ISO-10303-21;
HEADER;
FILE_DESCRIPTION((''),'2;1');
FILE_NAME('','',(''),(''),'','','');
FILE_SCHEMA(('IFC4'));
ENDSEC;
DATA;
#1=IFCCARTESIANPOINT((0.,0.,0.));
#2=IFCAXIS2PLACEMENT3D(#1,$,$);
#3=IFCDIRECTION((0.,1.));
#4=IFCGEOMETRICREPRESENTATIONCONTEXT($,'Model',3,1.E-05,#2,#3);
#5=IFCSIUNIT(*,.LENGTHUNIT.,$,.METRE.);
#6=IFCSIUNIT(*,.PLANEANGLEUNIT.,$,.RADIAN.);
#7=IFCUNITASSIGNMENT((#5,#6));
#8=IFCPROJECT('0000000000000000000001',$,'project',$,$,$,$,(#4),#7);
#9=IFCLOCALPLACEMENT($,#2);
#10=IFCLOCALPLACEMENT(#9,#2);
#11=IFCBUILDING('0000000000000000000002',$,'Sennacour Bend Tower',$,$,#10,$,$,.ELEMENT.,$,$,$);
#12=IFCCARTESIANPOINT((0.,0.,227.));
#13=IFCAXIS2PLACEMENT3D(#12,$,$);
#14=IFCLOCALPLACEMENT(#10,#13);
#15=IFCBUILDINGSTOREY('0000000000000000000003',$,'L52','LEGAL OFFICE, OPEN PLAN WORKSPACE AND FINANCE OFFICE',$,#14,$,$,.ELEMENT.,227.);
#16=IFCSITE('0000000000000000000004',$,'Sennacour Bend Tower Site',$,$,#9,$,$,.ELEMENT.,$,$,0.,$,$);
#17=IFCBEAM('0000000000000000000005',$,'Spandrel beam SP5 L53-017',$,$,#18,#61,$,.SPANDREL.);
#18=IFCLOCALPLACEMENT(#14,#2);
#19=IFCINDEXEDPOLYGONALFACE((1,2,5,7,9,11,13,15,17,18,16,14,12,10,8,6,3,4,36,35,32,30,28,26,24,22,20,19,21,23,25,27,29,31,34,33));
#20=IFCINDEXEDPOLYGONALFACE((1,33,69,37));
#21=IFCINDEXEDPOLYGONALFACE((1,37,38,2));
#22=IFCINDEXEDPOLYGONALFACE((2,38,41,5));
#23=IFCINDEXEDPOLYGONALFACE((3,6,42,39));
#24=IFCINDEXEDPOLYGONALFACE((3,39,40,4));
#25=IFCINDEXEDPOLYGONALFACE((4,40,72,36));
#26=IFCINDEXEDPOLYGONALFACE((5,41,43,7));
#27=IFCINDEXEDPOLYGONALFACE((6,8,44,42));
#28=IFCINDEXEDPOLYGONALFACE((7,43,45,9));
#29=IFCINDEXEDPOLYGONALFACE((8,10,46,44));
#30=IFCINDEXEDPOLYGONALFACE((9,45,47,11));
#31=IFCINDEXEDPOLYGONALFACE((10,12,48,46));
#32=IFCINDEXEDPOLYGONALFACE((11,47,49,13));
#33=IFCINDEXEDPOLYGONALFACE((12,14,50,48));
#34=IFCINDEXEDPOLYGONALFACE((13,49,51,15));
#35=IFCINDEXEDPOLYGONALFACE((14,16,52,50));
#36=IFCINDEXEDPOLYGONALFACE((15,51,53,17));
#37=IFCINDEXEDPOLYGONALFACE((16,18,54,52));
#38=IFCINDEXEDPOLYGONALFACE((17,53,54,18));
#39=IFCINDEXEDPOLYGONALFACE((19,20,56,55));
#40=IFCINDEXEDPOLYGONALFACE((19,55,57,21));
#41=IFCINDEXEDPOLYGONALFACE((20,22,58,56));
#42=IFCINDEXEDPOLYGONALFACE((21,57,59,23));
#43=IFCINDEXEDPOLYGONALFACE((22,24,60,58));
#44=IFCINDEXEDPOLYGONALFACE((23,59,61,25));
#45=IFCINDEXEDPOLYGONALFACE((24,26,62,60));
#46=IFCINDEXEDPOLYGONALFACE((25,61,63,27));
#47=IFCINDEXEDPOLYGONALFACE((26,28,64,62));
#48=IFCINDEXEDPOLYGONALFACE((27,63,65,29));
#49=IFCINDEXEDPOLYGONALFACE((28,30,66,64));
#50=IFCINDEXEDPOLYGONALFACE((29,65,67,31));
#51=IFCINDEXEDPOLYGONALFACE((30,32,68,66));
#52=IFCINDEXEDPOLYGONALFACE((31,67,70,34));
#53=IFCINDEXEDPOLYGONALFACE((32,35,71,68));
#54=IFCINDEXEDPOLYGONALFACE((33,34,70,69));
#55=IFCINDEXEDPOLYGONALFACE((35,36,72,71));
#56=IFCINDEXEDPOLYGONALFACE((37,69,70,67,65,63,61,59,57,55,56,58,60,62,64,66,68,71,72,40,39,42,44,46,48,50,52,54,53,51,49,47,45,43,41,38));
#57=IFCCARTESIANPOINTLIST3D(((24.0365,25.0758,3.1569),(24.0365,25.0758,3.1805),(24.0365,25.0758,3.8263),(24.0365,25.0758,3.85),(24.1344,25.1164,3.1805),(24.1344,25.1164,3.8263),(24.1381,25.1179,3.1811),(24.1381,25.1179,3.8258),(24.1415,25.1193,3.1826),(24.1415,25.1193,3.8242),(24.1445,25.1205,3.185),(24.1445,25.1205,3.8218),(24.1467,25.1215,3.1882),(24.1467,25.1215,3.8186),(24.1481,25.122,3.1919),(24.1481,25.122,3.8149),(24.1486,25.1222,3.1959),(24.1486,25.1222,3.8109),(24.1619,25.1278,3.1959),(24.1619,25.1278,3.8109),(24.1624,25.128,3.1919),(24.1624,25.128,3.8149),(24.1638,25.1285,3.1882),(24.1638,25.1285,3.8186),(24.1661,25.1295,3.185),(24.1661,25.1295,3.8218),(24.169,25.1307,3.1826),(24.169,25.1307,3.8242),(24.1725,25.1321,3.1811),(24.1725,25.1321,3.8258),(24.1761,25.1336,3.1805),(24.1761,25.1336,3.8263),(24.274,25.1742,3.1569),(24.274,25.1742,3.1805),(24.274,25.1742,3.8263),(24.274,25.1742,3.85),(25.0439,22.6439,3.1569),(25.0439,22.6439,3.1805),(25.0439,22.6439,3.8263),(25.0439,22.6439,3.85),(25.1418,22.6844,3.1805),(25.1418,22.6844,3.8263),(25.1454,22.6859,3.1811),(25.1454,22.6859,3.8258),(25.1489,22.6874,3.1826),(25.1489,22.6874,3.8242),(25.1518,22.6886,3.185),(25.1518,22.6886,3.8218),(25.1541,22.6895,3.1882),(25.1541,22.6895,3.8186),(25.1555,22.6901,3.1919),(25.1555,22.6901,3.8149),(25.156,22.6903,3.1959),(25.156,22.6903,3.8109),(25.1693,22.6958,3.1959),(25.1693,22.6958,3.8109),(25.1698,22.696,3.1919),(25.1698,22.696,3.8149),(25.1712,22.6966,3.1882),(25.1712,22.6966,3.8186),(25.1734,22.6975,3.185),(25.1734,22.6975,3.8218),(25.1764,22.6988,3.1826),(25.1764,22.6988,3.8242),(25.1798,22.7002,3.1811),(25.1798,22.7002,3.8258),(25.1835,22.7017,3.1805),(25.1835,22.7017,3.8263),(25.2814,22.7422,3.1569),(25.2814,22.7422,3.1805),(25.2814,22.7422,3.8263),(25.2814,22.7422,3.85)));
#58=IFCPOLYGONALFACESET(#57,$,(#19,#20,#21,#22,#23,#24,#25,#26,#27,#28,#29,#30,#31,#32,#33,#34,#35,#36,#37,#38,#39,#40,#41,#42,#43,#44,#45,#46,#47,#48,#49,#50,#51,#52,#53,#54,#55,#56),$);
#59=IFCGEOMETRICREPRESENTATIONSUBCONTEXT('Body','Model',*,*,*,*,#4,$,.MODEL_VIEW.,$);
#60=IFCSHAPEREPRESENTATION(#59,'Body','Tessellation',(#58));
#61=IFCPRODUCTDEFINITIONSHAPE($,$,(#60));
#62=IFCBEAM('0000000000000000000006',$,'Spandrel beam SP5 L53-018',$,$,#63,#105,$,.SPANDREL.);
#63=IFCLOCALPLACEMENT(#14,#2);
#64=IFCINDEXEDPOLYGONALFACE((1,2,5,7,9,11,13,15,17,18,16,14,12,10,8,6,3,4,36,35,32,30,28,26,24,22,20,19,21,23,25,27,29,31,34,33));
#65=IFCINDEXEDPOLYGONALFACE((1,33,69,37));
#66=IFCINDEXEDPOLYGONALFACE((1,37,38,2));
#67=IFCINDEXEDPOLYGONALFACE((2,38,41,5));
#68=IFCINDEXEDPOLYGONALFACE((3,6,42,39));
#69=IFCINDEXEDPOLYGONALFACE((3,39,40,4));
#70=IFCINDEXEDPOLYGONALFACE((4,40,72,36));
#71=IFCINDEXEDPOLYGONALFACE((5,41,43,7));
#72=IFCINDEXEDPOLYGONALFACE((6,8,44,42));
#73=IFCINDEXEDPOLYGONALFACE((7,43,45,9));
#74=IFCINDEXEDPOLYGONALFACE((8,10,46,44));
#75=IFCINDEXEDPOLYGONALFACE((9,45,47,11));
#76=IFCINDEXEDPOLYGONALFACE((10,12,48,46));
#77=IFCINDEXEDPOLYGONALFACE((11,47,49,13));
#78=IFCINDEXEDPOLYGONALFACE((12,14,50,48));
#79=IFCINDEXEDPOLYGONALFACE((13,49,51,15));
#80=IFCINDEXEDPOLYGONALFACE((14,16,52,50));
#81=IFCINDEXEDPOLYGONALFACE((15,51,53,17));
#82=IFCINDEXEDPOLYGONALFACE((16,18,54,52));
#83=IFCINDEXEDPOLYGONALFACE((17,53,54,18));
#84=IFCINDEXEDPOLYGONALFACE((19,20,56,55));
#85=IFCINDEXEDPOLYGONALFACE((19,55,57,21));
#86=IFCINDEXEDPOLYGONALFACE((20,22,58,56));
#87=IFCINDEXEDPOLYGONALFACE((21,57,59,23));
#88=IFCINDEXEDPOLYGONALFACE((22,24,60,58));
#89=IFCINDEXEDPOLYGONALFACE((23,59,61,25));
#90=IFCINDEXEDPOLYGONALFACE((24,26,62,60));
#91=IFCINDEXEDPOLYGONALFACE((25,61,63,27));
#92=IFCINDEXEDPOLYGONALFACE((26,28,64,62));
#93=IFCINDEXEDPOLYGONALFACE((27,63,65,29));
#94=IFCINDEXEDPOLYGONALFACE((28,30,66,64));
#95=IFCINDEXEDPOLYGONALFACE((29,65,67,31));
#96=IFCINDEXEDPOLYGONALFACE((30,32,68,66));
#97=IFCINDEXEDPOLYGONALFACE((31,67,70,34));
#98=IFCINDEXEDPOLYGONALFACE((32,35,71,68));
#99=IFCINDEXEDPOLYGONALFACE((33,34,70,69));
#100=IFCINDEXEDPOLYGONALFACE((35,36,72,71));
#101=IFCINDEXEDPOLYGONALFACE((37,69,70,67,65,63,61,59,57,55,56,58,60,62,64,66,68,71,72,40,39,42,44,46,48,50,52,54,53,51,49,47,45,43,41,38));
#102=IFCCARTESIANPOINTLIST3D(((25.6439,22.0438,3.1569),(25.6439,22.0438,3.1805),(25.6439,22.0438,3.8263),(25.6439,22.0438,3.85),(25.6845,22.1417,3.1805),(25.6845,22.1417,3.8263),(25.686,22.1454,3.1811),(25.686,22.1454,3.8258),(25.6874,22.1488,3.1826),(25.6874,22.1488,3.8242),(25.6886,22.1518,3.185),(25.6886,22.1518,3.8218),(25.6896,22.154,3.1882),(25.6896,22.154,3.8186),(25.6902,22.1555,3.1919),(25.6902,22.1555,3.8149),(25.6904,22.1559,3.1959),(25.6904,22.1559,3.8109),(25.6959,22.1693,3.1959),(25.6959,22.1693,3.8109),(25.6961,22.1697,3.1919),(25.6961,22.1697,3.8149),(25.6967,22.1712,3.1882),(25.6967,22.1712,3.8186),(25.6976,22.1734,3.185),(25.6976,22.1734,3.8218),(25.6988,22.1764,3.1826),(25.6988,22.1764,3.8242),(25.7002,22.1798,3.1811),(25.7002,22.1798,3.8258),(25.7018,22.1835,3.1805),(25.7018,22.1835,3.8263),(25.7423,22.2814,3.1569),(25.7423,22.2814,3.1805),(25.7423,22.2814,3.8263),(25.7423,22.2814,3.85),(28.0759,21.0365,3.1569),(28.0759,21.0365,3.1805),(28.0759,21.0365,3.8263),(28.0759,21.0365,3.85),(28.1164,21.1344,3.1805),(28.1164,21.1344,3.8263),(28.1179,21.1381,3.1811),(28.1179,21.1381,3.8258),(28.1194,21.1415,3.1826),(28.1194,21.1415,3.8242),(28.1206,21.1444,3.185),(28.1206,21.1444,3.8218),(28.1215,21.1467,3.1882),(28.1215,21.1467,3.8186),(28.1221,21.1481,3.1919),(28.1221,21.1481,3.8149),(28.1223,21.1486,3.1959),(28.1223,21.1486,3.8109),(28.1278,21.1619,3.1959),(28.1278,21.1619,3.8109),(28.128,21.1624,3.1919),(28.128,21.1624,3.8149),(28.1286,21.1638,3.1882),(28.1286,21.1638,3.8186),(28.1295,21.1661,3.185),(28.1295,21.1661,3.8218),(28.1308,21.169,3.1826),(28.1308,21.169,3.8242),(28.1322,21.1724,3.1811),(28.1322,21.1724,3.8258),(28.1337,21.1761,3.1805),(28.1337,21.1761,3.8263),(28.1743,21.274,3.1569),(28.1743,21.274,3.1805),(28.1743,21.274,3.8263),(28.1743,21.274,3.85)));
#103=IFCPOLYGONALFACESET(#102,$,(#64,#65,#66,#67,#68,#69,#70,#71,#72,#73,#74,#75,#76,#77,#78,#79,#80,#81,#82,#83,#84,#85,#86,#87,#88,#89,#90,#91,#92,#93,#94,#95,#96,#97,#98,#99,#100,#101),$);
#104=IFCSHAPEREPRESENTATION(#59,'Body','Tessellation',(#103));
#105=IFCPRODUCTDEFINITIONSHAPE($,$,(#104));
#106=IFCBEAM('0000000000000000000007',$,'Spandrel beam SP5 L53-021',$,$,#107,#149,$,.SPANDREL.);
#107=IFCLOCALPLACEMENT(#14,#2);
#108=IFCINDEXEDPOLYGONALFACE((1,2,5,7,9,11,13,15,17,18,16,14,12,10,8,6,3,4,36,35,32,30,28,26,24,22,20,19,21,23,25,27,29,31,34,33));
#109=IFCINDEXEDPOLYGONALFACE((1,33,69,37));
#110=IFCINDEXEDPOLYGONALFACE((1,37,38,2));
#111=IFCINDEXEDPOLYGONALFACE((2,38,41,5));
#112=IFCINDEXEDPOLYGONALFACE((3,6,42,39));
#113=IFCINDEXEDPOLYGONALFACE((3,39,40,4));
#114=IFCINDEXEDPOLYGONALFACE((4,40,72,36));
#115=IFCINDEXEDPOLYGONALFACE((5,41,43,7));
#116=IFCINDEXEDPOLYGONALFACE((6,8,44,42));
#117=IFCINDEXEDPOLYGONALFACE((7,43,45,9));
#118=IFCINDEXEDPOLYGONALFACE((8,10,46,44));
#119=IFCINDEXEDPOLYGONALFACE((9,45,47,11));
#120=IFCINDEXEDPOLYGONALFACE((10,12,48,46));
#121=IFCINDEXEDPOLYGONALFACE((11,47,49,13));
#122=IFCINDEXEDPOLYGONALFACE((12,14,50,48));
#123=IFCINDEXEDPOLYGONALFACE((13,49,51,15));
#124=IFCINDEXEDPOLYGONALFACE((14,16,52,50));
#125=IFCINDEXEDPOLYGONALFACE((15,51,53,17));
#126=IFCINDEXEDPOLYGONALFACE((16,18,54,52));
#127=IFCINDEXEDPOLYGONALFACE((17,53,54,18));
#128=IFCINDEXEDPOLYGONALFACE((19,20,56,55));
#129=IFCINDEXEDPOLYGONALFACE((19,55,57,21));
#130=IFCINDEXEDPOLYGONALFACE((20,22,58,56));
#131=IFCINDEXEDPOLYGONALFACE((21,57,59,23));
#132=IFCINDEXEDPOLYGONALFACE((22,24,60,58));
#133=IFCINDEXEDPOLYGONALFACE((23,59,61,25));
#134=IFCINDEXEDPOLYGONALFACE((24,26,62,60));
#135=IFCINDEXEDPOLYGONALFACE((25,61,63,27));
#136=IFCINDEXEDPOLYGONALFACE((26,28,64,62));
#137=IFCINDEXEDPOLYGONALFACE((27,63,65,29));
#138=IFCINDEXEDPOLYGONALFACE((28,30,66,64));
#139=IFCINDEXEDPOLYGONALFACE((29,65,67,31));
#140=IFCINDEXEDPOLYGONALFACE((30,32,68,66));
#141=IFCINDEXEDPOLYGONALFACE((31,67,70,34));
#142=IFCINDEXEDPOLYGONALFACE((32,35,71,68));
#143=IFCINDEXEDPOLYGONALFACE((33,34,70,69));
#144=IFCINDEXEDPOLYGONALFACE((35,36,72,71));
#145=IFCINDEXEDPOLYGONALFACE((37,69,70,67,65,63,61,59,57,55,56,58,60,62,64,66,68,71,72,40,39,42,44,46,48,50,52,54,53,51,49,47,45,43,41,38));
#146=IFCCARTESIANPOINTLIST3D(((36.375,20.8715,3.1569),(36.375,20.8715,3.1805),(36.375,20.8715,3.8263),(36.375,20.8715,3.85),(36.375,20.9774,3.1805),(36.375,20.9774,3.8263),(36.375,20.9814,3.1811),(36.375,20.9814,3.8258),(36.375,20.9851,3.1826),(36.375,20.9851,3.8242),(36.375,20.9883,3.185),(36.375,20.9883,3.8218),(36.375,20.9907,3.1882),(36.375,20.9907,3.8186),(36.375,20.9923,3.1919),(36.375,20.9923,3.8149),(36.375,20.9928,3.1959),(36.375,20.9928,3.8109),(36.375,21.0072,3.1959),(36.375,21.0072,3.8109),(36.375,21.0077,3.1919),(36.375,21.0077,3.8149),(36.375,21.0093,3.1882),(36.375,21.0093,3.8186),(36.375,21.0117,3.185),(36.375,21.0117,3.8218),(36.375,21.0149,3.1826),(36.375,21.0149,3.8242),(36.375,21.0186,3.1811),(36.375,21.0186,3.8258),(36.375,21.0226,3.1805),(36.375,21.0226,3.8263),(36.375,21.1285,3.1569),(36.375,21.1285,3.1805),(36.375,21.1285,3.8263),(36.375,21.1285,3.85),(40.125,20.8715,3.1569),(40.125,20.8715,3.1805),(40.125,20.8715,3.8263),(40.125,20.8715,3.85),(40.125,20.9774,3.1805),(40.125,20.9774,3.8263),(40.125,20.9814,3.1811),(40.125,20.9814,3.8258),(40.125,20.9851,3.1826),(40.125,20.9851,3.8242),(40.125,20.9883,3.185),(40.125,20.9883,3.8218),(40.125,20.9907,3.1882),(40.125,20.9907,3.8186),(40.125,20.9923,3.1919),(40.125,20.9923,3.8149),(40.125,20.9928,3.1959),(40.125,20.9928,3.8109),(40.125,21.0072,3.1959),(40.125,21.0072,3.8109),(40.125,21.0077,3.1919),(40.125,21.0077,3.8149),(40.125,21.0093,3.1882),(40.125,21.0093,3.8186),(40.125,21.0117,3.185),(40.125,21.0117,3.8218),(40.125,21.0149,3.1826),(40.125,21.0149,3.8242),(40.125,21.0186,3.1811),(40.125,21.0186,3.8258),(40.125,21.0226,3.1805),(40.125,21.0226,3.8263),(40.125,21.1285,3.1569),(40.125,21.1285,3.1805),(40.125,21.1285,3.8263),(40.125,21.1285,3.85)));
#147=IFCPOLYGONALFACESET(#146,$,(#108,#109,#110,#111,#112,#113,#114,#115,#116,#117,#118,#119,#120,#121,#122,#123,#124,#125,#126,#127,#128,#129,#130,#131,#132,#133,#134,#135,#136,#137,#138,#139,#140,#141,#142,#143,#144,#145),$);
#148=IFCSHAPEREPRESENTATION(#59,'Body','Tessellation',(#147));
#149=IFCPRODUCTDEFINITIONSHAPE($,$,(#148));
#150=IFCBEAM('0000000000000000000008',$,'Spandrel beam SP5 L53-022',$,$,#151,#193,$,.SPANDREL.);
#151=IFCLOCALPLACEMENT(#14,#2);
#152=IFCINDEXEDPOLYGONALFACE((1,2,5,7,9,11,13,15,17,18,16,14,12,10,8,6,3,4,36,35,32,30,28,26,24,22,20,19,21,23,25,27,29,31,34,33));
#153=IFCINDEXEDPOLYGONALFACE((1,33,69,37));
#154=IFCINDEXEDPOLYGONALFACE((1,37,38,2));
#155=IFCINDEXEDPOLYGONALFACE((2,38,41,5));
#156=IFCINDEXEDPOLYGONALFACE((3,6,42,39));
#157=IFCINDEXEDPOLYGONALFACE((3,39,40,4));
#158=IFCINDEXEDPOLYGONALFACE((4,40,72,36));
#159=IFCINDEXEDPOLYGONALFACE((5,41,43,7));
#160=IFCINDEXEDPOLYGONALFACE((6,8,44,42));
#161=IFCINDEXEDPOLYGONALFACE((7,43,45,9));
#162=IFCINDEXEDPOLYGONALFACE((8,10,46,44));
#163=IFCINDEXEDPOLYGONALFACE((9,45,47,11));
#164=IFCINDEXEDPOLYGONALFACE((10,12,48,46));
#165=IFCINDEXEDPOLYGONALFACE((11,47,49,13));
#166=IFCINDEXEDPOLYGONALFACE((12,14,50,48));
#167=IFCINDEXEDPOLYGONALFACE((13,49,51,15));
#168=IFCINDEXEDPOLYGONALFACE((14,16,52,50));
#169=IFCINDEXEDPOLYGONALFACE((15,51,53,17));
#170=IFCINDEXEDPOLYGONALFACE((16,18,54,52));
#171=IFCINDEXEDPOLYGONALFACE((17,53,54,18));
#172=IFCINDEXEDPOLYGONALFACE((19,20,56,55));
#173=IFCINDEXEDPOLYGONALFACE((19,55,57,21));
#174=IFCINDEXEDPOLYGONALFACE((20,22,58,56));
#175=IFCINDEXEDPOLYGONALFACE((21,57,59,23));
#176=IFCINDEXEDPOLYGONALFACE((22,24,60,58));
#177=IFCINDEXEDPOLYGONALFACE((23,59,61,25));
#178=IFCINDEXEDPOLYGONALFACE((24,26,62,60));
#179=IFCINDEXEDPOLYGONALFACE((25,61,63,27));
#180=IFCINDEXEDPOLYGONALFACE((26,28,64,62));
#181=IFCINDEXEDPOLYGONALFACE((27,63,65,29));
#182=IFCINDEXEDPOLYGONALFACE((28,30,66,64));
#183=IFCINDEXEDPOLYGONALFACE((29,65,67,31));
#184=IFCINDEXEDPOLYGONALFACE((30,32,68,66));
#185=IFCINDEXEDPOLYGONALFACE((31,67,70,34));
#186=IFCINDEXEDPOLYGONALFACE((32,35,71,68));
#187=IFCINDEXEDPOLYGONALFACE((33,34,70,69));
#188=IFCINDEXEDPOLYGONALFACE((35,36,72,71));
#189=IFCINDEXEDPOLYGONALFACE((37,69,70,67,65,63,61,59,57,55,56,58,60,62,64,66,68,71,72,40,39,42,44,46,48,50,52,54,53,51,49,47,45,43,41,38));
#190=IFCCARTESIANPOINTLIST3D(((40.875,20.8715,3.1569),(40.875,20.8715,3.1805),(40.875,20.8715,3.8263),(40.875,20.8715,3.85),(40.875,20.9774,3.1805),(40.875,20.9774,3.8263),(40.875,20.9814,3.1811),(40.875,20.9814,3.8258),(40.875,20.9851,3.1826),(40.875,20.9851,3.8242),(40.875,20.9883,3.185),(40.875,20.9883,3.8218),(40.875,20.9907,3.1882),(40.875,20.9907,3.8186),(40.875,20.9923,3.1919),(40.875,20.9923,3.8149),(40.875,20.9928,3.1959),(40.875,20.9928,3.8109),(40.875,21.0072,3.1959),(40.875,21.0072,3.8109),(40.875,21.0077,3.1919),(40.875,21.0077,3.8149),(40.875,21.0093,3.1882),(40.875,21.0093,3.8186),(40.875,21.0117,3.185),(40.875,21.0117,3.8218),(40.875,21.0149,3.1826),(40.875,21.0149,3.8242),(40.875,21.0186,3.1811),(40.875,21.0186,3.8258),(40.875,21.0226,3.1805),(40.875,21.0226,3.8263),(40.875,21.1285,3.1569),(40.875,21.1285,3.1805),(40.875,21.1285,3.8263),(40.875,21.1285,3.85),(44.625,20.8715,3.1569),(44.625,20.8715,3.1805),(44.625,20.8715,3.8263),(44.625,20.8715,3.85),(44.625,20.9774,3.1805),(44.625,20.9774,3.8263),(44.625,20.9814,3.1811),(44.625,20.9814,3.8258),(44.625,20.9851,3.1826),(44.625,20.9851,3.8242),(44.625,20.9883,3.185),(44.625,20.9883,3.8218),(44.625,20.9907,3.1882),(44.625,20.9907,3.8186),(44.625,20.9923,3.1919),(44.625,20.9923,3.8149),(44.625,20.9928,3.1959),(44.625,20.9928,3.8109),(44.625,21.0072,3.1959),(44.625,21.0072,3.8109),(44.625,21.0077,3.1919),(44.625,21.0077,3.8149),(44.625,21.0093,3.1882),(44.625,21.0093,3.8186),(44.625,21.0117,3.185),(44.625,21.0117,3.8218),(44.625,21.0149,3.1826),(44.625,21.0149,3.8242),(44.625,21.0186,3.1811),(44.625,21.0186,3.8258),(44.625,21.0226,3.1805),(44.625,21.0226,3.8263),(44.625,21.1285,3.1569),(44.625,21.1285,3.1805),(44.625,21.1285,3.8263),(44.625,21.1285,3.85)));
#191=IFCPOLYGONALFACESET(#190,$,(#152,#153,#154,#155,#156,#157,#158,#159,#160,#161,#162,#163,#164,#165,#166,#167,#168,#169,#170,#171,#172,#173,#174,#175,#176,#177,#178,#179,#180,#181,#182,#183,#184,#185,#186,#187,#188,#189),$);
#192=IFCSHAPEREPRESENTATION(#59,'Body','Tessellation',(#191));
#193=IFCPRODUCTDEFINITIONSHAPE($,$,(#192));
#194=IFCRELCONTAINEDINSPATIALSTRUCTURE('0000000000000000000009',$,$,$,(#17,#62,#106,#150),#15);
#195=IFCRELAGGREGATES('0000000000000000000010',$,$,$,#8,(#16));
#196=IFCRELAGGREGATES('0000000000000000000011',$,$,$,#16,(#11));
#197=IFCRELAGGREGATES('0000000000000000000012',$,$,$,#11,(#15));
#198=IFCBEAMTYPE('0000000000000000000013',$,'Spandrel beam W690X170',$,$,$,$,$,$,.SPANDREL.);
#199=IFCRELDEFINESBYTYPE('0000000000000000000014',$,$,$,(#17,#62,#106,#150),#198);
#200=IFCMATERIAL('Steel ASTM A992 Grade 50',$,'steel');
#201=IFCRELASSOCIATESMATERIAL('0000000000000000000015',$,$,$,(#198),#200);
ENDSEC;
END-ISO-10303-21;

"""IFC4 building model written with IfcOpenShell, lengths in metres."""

from ifc_helpers import new_model, si_unit, direction, frame, origin, origin_2d, place, context, subcontext, project, spatial, i_section, extrude, material, material_profile, profile_set, type_object, element, save


model = new_model("IFC4")

# Units and contexts
model_context = context("Model", 3, precision=1e-05, world=origin(), true_north=direction((0.0, 1.0)))
body_context = subcontext(model_context, "Body", "Model", "MODEL_VIEW")
ifc_project = project(units=[si_unit("LENGTHUNIT", "METRE"), si_unit("PLANEANGLEUNIT", "RADIAN")], contexts=[model_context])

# Site, building, storey
site_placement = place(None, origin())
site = spatial("IfcSite", under=ifc_project, at=site_placement, Name="Sennacour Bend Tower Site", CompositionType="ELEMENT", RefElevation=0.0)
building_placement = place(site_placement, origin())
building = spatial("IfcBuilding", under=site, at=building_placement, Name="Sennacour Bend Tower", CompositionType="ELEMENT")
storey_placement = place(building_placement, frame((0.0, 0.0, 227.0)))
storey = spatial("IfcBuildingStorey", under=building, at=storey_placement, Name="L52", Description="LEGAL OFFICE, OPEN PLAN WORKSPACE AND FINANCE OFFICE", CompositionType="ELEMENT", Elevation=227.0)

# Beams
ifc_material_1 = material(Name="Steel ASTM A992 Grade 50", Category="steel")
ifc_material_profile_1 = material_profile(ifc_material_1, i_section(OverallWidth=0.2571, OverallDepth=0.6931, WebThickness=0.0144, FlangeThickness=0.0237, FilletRadius=0.0154, at=origin_2d()), Name="Steel ASTM A992 Grade 50", Category="steel")
ifc_profile_set_1 = profile_set([ifc_material_profile_1], Name="Steel ASTM A992 Grade 50")
beam_type = type_object("IfcBeamType", Name="Spandrel beam W690X170", PredefinedType="SPANDREL", material=ifc_profile_set_1)
for number, where, z_axis, x_axis, name in (
    (1, (24.1553, 25.125, 3.5034), (0.382685, -0.923879, 0.0), (0.923879, 0.382685, 0.0), "Spandrel beam SP5 L53-017"),
    (2, (25.6931, 22.1626, 3.5034), (0.923879, -0.382685, 0.0), (0.382685, 0.923879, 0.0), "Spandrel beam SP5 L53-018"),
):
    element("IfcBeam", number, at=place(storey_placement, frame(where, z_axis=z_axis, x_axis=x_axis)), inside=storey, type_object=beam_type, Name=name, PredefinedType="SPANDREL", context=body_context, shape_type="SweptSolid", body=[
        extrude(i_section(OverallWidth=0.2571, OverallDepth=0.6931, WebThickness=0.0144, FlangeThickness=0.0237, FilletRadius=0.0154, at=origin_2d()), origin(), (0.0, 0.0, 1.0), 2.6323),
    ])
for number, where, z_axis, x_axis, name in (
    (3, (36.375, 21.0, 3.5034), (1.0, 0.0, 0.0), (0.0, 1.0, 0.0), "Spandrel beam SP5 L53-021"),
    (4, (40.875, 21.0, 3.5034), (1.0, 0.0, 0.0), (0.0, 1.0, 0.0), "Spandrel beam SP5 L53-022"),
):
    element("IfcBeam", number, at=place(storey_placement, frame(where, z_axis=z_axis, x_axis=x_axis)), inside=storey, type_object=beam_type, Name=name, PredefinedType="SPANDREL", context=body_context, shape_type="SweptSolid", body=[
        extrude(i_section(OverallWidth=0.2571, OverallDepth=0.6931, WebThickness=0.0144, FlangeThickness=0.0237, FilletRadius=0.0154, at=origin_2d()), origin(), (0.0, 0.0, 1.0), 3.75),
    ])

save(model, "model.ifc")
